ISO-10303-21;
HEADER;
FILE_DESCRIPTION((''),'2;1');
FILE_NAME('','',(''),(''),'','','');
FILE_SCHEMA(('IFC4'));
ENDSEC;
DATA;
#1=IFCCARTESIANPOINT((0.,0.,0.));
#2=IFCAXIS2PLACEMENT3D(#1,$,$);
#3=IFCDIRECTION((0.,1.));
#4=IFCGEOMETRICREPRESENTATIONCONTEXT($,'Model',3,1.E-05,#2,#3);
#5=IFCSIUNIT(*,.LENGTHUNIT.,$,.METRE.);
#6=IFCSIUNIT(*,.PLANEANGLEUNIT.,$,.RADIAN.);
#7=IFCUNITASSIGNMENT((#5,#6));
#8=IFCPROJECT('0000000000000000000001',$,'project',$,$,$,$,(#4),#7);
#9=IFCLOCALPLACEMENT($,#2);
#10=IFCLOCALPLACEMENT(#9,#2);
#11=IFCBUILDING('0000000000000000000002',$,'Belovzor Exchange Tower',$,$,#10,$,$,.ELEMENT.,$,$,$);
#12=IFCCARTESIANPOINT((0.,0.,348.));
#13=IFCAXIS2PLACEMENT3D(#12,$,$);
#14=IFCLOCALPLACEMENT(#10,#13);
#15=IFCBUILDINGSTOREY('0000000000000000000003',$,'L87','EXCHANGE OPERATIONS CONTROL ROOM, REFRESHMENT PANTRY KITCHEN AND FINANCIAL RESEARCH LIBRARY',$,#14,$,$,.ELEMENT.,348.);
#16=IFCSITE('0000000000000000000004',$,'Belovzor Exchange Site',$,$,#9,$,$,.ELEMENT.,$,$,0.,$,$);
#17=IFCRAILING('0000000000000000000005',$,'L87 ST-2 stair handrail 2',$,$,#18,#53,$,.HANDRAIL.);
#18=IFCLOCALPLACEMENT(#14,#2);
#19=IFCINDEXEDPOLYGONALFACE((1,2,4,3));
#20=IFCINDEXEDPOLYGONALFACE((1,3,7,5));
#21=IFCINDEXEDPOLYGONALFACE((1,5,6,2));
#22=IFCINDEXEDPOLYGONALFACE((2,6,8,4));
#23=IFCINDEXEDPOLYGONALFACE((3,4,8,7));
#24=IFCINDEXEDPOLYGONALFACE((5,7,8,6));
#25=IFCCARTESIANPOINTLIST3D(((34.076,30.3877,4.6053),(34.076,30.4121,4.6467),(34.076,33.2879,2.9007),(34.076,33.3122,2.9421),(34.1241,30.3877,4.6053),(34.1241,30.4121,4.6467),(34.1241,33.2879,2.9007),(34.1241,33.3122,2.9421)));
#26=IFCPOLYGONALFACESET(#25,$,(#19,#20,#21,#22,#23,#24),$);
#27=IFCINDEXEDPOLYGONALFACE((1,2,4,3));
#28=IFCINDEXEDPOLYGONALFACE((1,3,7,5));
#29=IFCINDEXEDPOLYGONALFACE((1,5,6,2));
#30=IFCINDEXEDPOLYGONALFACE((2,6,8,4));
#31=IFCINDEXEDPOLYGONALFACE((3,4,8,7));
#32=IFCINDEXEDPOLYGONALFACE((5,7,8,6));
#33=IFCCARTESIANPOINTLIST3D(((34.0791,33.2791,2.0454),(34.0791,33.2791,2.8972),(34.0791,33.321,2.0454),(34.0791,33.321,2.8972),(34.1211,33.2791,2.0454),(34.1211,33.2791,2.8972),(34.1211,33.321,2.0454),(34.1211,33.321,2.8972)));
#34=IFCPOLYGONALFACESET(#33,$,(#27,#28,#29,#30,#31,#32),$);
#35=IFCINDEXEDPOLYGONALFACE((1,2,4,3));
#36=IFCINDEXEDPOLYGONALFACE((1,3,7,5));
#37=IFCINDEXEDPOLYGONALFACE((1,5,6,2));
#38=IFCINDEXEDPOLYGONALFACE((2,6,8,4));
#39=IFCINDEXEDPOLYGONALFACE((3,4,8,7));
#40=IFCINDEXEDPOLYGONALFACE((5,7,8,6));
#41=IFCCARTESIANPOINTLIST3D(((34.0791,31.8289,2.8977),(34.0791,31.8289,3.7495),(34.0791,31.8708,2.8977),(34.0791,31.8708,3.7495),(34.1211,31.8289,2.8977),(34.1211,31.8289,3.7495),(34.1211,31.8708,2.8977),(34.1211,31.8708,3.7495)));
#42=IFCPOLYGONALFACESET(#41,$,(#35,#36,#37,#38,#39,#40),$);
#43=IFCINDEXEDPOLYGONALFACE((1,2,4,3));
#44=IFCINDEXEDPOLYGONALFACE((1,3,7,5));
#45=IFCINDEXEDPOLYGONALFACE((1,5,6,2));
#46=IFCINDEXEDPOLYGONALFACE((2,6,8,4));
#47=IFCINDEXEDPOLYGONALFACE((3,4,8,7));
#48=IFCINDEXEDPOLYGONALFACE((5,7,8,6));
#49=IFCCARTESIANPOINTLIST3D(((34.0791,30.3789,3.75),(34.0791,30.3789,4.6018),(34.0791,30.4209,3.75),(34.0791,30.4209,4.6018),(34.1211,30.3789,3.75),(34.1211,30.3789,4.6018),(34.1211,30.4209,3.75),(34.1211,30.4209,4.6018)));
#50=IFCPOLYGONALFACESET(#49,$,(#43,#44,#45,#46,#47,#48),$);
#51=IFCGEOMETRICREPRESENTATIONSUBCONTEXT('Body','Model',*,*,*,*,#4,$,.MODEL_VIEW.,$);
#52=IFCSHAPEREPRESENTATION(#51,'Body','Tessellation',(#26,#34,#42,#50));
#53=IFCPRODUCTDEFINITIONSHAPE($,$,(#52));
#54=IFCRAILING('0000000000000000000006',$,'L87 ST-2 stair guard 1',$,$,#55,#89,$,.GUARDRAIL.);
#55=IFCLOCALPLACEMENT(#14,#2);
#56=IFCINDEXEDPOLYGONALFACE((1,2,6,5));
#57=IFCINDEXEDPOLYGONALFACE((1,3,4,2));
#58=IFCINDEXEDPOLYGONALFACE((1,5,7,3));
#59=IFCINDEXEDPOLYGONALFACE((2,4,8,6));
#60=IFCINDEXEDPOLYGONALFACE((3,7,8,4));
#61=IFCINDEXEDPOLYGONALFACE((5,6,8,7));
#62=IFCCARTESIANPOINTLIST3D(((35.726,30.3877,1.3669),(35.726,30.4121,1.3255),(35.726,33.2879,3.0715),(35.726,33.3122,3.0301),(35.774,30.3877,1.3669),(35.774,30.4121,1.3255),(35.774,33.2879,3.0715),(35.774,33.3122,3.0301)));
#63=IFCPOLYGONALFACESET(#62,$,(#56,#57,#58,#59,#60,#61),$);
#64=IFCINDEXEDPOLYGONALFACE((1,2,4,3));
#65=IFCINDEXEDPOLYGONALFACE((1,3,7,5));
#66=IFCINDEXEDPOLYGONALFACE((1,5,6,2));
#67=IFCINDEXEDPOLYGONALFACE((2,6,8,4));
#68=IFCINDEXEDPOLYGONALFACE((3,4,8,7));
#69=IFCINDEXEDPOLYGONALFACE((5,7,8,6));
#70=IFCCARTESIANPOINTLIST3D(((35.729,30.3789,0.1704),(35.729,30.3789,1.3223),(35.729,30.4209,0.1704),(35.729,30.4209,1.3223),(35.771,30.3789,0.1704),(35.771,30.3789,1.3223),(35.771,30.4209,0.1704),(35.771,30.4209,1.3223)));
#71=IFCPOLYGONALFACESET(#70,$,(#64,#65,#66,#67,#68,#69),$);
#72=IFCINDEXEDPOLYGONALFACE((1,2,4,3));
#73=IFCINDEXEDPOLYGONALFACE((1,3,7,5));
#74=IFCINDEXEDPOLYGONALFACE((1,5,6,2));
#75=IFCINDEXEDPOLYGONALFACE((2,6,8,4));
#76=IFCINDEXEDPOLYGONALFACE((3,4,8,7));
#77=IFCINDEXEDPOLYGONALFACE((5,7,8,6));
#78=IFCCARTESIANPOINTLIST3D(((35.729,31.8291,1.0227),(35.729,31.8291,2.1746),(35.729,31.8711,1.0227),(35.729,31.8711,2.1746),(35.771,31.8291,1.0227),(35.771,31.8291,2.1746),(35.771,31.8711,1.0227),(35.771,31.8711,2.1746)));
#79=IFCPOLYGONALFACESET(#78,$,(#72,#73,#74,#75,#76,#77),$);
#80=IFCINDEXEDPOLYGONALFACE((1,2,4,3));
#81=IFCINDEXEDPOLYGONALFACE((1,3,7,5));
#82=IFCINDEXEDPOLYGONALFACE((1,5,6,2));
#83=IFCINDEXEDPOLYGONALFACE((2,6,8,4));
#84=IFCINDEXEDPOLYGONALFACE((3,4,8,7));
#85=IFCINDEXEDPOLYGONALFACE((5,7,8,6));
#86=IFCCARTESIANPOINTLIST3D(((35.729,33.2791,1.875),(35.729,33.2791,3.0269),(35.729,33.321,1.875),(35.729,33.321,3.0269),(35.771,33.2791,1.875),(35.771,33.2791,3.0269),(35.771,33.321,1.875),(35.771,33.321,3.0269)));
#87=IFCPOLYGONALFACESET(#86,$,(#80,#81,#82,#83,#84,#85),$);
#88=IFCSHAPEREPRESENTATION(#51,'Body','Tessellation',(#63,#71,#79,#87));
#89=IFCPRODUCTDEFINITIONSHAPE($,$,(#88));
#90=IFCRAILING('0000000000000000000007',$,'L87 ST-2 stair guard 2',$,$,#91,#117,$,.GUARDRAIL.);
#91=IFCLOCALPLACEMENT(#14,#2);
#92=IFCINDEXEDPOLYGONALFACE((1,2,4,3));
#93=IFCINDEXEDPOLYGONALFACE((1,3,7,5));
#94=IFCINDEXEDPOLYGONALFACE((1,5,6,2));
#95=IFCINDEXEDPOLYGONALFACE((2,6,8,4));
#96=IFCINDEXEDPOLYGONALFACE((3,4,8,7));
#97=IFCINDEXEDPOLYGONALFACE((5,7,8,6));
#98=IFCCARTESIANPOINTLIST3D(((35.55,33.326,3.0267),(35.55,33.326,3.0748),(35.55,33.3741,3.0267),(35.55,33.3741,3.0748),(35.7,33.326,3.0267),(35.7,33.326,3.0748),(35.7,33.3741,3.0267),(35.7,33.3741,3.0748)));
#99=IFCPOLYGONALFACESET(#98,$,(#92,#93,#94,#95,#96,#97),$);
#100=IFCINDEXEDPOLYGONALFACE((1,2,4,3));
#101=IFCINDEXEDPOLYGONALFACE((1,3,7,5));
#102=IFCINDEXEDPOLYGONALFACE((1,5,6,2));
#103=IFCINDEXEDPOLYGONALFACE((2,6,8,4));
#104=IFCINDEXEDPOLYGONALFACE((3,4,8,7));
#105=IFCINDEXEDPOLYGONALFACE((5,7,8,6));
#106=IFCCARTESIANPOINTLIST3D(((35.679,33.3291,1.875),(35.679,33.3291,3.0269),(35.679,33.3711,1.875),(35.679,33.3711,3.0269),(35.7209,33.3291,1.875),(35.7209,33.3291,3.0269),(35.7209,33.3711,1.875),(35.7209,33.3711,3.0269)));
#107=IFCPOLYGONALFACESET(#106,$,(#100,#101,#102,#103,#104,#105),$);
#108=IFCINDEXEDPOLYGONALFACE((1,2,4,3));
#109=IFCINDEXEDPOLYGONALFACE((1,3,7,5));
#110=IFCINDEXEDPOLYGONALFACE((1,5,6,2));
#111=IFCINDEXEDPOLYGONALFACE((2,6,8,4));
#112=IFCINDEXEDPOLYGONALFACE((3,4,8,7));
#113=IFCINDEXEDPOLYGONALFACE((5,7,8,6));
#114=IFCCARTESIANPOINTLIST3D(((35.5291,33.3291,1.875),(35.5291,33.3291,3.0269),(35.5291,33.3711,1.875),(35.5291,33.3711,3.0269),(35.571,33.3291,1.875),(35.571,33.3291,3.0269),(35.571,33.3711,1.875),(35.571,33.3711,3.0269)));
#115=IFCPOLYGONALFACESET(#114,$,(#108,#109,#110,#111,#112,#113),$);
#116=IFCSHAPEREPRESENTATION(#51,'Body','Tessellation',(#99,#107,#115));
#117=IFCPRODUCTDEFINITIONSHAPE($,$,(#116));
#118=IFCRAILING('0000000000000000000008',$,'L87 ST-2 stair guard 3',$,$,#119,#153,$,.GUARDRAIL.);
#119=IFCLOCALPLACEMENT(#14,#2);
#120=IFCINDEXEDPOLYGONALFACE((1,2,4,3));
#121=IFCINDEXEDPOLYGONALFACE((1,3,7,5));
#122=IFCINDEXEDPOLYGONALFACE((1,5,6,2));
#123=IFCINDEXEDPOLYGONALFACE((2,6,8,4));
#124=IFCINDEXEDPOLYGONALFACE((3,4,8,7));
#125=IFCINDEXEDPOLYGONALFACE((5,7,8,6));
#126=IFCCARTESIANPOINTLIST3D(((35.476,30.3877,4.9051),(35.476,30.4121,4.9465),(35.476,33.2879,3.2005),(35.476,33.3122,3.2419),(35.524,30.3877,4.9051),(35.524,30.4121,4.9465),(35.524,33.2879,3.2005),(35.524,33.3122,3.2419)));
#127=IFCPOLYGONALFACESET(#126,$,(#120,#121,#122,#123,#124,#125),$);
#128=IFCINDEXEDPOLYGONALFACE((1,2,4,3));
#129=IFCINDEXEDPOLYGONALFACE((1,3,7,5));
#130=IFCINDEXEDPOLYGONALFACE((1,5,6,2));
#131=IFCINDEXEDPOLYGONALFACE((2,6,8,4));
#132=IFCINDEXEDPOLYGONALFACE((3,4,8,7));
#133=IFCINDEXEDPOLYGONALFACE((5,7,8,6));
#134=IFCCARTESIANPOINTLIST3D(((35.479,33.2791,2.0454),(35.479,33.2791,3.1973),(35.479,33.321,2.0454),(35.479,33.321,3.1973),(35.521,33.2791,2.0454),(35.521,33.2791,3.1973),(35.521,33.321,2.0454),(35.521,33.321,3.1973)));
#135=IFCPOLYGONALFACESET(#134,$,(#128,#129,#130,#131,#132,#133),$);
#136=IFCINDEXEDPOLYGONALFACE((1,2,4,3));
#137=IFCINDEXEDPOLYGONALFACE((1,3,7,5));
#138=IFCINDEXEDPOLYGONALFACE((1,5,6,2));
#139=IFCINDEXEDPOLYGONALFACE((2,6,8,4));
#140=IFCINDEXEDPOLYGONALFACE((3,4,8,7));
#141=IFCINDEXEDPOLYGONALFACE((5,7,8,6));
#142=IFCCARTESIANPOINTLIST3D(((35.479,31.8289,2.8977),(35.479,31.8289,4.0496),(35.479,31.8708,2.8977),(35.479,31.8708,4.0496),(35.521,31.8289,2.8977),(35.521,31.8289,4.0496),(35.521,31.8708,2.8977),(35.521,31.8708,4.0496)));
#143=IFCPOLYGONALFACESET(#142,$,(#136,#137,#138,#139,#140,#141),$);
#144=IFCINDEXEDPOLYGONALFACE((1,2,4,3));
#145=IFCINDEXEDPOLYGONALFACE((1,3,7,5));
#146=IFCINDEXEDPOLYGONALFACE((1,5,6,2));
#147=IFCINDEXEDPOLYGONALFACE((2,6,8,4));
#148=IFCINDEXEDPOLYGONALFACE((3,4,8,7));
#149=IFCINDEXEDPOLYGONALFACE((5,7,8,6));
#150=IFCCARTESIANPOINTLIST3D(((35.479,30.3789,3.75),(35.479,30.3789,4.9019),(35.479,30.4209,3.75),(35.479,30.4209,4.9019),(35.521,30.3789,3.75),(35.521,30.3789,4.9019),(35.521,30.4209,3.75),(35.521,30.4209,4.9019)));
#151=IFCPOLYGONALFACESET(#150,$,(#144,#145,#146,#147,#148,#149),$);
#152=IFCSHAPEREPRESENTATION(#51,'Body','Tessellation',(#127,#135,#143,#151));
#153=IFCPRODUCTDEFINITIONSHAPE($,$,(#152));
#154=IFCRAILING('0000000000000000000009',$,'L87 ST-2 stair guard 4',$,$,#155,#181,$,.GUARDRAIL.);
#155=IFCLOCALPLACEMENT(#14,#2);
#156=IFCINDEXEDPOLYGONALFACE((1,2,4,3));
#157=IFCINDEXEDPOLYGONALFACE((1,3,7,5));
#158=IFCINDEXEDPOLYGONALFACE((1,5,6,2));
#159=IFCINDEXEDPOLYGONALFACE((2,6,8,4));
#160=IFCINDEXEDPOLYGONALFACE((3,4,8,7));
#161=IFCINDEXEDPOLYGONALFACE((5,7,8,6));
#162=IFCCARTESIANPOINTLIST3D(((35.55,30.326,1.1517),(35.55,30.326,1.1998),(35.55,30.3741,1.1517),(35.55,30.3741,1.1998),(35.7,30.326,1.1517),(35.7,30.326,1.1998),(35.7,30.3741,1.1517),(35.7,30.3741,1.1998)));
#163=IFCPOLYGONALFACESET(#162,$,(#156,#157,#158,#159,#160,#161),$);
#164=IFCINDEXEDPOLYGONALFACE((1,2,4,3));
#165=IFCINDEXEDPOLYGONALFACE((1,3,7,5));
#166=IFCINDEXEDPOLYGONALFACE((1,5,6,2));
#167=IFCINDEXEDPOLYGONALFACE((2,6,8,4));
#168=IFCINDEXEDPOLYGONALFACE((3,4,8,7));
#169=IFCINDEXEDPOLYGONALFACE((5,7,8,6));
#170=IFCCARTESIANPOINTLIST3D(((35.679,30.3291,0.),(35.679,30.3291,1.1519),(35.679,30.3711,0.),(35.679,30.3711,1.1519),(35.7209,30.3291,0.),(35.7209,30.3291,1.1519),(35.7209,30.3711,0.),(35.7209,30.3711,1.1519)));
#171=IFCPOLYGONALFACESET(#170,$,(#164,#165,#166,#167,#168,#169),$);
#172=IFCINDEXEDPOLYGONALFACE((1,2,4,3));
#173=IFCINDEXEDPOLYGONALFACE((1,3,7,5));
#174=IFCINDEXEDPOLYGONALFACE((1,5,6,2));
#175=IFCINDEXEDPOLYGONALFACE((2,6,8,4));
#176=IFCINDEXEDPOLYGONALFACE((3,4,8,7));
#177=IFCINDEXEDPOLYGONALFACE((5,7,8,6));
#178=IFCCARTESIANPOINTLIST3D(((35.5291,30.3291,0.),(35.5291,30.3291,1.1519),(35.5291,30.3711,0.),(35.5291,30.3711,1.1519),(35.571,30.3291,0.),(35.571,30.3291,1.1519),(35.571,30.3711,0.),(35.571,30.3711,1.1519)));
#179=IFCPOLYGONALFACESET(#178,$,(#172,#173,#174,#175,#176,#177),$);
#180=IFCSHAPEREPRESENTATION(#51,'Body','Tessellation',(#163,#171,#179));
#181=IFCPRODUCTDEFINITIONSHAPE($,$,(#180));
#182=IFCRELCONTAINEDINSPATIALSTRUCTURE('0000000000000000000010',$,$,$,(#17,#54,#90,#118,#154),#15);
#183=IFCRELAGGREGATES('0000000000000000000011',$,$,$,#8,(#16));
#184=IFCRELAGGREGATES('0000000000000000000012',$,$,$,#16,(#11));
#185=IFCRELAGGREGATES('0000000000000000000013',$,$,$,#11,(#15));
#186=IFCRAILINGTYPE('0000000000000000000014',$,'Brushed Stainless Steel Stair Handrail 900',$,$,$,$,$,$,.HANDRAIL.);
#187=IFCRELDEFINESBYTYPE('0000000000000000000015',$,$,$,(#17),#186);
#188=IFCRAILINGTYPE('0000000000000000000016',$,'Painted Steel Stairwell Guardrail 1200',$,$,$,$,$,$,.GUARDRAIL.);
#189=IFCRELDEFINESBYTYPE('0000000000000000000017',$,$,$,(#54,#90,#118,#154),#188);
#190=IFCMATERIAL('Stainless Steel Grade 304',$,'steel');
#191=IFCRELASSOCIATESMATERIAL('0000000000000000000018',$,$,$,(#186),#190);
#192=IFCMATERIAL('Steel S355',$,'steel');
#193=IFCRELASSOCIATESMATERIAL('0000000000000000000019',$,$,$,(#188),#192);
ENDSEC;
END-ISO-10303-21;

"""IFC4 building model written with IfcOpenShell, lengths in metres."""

from ifc_helpers import new_model, si_unit, direction, frame, origin, origin_2d, place, context, subcontext, project, spatial, rectangle, extrude, material, type_object, element, save


model = new_model("IFC4")

# Units and contexts
model_context = context("Model", 3, precision=1e-05, world=origin(), true_north=direction((0.0, 1.0)))
body_context = subcontext(model_context, "Body", "Model", "MODEL_VIEW")
ifc_project = project(units=[si_unit("LENGTHUNIT", "METRE"), si_unit("PLANEANGLEUNIT", "RADIAN")], contexts=[model_context])

# Site, building, storey
site_placement = place(None, origin())
site = spatial("IfcSite", under=ifc_project, at=site_placement, Name="Belovzor Exchange Site", CompositionType="ELEMENT", RefElevation=0.0)
building_placement = place(site_placement, origin())
building = spatial("IfcBuilding", under=site, at=building_placement, Name="Belovzor Exchange Tower", CompositionType="ELEMENT")
storey_placement = place(building_placement, frame((0.0, 0.0, 348.0)))
storey = spatial("IfcBuildingStorey", under=building, at=storey_placement, Name="L87", Description="EXCHANGE OPERATIONS CONTROL ROOM, REFRESHMENT PANTRY KITCHEN AND FINANCIAL RESEARCH LIBRARY", CompositionType="ELEMENT", Elevation=348.0)

# Railings
ifc_material_1 = material(Name="Stainless Steel Grade 304", Category="steel")
railing_type_1 = type_object("IfcRailingType", Name="Brushed Stainless Steel Stair Handrail 900", PredefinedType="HANDRAIL", material=ifc_material_1)
railing_1_placement = place(storey_placement, frame((34.1001, 33.3, 2.0454)))
element("IfcRailing", 1, at=railing_1_placement, inside=storey, type_object=railing_type_1, Name="L87 ST-2 stair handrail 2", PredefinedType="HANDRAIL", context=body_context, shape_type="SweptSolid", body=[
    extrude(rectangle(XDim=0.0481, YDim=0.0481, at=origin_2d()), frame((0.0, 0.0, 0.876), z_axis=(0.0, -0.862113, 0.506716), x_axis=(1.0, 0.0, 0.0)), (0.0, 0.0, 1.0), 3.364),
    extrude(rectangle(XDim=0.042, YDim=0.042, at=origin_2d()), origin(), (0.0, 0.0, 1.0), 0.8518),
    extrude(rectangle(XDim=0.042, YDim=0.042, at=origin_2d()), frame((0.0, -1.4502, 0.8523)), (0.0, 0.0, 1.0), 0.8518),
    extrude(rectangle(XDim=0.042, YDim=0.042, at=origin_2d()), frame((0.0, -2.9001, 1.7046)), (0.0, 0.0, 1.0), 0.8518),
])
ifc_material_2 = material(Name="Steel S355", Category="steel")
railing_type_2 = type_object("IfcRailingType", Name="Painted Steel Stairwell Guardrail 1200", PredefinedType="GUARDRAIL", material=ifc_material_2)
railing_2_placement = place(storey_placement, frame((35.75, 30.3999, 0.1704)))
element("IfcRailing", 2, at=railing_2_placement, inside=storey, type_object=railing_type_2, Name="L87 ST-2 stair guard 1", PredefinedType="GUARDRAIL", context=body_context, shape_type="SweptSolid", body=[
    extrude(rectangle(XDim=0.0481, YDim=0.0481, at=origin_2d()), frame((0.0, 0.0, 1.1758), z_axis=(0.0, 0.862113, 0.506716), x_axis=(-1.0, 0.0, 0.0)), (0.0, 0.0, 1.0), 3.364),
    extrude(rectangle(XDim=0.042, YDim=0.042, at=origin_2d()), origin(), (0.0, 0.0, 1.0), 1.1519),
    extrude(rectangle(XDim=0.042, YDim=0.042, at=origin_2d()), frame((0.0, 1.4502, 0.8523)), (0.0, 0.0, 1.0), 1.1519),
    extrude(rectangle(XDim=0.042, YDim=0.042, at=origin_2d()), frame((0.0, 2.9001, 1.7046)), (0.0, 0.0, 1.0), 1.1519),
])
railing_3_placement = place(storey_placement, frame((35.7, 33.3501, 1.875)))
element("IfcRailing", 3, at=railing_3_placement, inside=storey, type_object=railing_type_2, Name="L87 ST-2 stair guard 2", PredefinedType="GUARDRAIL", context=body_context, shape_type="SweptSolid", body=[
    extrude(rectangle(XDim=0.0481, YDim=0.0481, at=origin_2d()), frame((0.0, 0.0, 1.1758), z_axis=(-1.0, 0.0, 0.0), x_axis=(0.0, -1.0, 0.0)), (0.0, 0.0, 1.0), 0.1499),
    extrude(rectangle(XDim=0.042, YDim=0.042, at=origin_2d()), origin(), (0.0, 0.0, 1.0), 1.1519),
    extrude(rectangle(XDim=0.042, YDim=0.042, at=origin_2d()), frame((-0.1499, 0.0, 0.0)), (0.0, 0.0, 1.0), 1.1519),
])
railing_4_placement = place(storey_placement, frame((35.5, 33.3, 2.0454)))
element("IfcRailing", 4, at=railing_4_placement, inside=storey, type_object=railing_type_2, Name="L87 ST-2 stair guard 3", PredefinedType="GUARDRAIL", context=body_context, shape_type="SweptSolid", body=[
    extrude(rectangle(XDim=0.0481, YDim=0.0481, at=origin_2d()), frame((0.0, 0.0, 1.1758), z_axis=(0.0, -0.862113, 0.506716), x_axis=(1.0, 0.0, 0.0)), (0.0, 0.0, 1.0), 3.364),
    extrude(rectangle(XDim=0.042, YDim=0.042, at=origin_2d()), origin(), (0.0, 0.0, 1.0), 1.1519),
    extrude(rectangle(XDim=0.042, YDim=0.042, at=origin_2d()), frame((0.0, -1.4502, 0.8523)), (0.0, 0.0, 1.0), 1.1519),
    extrude(rectangle(XDim=0.042, YDim=0.042, at=origin_2d()), frame((0.0, -2.9001, 1.7046)), (0.0, 0.0, 1.0), 1.1519),
])
railing_5_placement = place(storey_placement, frame((35.7, 30.3501, 0.0)))
element("IfcRailing", 5, at=railing_5_placement, inside=storey, type_object=railing_type_2, Name="L87 ST-2 stair guard 4", PredefinedType="GUARDRAIL", context=body_context, shape_type="SweptSolid", body=[
    extrude(rectangle(XDim=0.0481, YDim=0.0481, at=origin_2d()), frame((0.0, 0.0, 1.1758), z_axis=(-1.0, 0.0, 0.0), x_axis=(0.0, -1.0, 0.0)), (0.0, 0.0, 1.0), 0.1499),
    extrude(rectangle(XDim=0.042, YDim=0.042, at=origin_2d()), origin(), (0.0, 0.0, 1.0), 1.1519),
    extrude(rectangle(XDim=0.042, YDim=0.042, at=origin_2d()), frame((-0.1499, 0.0, 0.0)), (0.0, 0.0, 1.0), 1.1519),
])

save(model, "model.ifc")
